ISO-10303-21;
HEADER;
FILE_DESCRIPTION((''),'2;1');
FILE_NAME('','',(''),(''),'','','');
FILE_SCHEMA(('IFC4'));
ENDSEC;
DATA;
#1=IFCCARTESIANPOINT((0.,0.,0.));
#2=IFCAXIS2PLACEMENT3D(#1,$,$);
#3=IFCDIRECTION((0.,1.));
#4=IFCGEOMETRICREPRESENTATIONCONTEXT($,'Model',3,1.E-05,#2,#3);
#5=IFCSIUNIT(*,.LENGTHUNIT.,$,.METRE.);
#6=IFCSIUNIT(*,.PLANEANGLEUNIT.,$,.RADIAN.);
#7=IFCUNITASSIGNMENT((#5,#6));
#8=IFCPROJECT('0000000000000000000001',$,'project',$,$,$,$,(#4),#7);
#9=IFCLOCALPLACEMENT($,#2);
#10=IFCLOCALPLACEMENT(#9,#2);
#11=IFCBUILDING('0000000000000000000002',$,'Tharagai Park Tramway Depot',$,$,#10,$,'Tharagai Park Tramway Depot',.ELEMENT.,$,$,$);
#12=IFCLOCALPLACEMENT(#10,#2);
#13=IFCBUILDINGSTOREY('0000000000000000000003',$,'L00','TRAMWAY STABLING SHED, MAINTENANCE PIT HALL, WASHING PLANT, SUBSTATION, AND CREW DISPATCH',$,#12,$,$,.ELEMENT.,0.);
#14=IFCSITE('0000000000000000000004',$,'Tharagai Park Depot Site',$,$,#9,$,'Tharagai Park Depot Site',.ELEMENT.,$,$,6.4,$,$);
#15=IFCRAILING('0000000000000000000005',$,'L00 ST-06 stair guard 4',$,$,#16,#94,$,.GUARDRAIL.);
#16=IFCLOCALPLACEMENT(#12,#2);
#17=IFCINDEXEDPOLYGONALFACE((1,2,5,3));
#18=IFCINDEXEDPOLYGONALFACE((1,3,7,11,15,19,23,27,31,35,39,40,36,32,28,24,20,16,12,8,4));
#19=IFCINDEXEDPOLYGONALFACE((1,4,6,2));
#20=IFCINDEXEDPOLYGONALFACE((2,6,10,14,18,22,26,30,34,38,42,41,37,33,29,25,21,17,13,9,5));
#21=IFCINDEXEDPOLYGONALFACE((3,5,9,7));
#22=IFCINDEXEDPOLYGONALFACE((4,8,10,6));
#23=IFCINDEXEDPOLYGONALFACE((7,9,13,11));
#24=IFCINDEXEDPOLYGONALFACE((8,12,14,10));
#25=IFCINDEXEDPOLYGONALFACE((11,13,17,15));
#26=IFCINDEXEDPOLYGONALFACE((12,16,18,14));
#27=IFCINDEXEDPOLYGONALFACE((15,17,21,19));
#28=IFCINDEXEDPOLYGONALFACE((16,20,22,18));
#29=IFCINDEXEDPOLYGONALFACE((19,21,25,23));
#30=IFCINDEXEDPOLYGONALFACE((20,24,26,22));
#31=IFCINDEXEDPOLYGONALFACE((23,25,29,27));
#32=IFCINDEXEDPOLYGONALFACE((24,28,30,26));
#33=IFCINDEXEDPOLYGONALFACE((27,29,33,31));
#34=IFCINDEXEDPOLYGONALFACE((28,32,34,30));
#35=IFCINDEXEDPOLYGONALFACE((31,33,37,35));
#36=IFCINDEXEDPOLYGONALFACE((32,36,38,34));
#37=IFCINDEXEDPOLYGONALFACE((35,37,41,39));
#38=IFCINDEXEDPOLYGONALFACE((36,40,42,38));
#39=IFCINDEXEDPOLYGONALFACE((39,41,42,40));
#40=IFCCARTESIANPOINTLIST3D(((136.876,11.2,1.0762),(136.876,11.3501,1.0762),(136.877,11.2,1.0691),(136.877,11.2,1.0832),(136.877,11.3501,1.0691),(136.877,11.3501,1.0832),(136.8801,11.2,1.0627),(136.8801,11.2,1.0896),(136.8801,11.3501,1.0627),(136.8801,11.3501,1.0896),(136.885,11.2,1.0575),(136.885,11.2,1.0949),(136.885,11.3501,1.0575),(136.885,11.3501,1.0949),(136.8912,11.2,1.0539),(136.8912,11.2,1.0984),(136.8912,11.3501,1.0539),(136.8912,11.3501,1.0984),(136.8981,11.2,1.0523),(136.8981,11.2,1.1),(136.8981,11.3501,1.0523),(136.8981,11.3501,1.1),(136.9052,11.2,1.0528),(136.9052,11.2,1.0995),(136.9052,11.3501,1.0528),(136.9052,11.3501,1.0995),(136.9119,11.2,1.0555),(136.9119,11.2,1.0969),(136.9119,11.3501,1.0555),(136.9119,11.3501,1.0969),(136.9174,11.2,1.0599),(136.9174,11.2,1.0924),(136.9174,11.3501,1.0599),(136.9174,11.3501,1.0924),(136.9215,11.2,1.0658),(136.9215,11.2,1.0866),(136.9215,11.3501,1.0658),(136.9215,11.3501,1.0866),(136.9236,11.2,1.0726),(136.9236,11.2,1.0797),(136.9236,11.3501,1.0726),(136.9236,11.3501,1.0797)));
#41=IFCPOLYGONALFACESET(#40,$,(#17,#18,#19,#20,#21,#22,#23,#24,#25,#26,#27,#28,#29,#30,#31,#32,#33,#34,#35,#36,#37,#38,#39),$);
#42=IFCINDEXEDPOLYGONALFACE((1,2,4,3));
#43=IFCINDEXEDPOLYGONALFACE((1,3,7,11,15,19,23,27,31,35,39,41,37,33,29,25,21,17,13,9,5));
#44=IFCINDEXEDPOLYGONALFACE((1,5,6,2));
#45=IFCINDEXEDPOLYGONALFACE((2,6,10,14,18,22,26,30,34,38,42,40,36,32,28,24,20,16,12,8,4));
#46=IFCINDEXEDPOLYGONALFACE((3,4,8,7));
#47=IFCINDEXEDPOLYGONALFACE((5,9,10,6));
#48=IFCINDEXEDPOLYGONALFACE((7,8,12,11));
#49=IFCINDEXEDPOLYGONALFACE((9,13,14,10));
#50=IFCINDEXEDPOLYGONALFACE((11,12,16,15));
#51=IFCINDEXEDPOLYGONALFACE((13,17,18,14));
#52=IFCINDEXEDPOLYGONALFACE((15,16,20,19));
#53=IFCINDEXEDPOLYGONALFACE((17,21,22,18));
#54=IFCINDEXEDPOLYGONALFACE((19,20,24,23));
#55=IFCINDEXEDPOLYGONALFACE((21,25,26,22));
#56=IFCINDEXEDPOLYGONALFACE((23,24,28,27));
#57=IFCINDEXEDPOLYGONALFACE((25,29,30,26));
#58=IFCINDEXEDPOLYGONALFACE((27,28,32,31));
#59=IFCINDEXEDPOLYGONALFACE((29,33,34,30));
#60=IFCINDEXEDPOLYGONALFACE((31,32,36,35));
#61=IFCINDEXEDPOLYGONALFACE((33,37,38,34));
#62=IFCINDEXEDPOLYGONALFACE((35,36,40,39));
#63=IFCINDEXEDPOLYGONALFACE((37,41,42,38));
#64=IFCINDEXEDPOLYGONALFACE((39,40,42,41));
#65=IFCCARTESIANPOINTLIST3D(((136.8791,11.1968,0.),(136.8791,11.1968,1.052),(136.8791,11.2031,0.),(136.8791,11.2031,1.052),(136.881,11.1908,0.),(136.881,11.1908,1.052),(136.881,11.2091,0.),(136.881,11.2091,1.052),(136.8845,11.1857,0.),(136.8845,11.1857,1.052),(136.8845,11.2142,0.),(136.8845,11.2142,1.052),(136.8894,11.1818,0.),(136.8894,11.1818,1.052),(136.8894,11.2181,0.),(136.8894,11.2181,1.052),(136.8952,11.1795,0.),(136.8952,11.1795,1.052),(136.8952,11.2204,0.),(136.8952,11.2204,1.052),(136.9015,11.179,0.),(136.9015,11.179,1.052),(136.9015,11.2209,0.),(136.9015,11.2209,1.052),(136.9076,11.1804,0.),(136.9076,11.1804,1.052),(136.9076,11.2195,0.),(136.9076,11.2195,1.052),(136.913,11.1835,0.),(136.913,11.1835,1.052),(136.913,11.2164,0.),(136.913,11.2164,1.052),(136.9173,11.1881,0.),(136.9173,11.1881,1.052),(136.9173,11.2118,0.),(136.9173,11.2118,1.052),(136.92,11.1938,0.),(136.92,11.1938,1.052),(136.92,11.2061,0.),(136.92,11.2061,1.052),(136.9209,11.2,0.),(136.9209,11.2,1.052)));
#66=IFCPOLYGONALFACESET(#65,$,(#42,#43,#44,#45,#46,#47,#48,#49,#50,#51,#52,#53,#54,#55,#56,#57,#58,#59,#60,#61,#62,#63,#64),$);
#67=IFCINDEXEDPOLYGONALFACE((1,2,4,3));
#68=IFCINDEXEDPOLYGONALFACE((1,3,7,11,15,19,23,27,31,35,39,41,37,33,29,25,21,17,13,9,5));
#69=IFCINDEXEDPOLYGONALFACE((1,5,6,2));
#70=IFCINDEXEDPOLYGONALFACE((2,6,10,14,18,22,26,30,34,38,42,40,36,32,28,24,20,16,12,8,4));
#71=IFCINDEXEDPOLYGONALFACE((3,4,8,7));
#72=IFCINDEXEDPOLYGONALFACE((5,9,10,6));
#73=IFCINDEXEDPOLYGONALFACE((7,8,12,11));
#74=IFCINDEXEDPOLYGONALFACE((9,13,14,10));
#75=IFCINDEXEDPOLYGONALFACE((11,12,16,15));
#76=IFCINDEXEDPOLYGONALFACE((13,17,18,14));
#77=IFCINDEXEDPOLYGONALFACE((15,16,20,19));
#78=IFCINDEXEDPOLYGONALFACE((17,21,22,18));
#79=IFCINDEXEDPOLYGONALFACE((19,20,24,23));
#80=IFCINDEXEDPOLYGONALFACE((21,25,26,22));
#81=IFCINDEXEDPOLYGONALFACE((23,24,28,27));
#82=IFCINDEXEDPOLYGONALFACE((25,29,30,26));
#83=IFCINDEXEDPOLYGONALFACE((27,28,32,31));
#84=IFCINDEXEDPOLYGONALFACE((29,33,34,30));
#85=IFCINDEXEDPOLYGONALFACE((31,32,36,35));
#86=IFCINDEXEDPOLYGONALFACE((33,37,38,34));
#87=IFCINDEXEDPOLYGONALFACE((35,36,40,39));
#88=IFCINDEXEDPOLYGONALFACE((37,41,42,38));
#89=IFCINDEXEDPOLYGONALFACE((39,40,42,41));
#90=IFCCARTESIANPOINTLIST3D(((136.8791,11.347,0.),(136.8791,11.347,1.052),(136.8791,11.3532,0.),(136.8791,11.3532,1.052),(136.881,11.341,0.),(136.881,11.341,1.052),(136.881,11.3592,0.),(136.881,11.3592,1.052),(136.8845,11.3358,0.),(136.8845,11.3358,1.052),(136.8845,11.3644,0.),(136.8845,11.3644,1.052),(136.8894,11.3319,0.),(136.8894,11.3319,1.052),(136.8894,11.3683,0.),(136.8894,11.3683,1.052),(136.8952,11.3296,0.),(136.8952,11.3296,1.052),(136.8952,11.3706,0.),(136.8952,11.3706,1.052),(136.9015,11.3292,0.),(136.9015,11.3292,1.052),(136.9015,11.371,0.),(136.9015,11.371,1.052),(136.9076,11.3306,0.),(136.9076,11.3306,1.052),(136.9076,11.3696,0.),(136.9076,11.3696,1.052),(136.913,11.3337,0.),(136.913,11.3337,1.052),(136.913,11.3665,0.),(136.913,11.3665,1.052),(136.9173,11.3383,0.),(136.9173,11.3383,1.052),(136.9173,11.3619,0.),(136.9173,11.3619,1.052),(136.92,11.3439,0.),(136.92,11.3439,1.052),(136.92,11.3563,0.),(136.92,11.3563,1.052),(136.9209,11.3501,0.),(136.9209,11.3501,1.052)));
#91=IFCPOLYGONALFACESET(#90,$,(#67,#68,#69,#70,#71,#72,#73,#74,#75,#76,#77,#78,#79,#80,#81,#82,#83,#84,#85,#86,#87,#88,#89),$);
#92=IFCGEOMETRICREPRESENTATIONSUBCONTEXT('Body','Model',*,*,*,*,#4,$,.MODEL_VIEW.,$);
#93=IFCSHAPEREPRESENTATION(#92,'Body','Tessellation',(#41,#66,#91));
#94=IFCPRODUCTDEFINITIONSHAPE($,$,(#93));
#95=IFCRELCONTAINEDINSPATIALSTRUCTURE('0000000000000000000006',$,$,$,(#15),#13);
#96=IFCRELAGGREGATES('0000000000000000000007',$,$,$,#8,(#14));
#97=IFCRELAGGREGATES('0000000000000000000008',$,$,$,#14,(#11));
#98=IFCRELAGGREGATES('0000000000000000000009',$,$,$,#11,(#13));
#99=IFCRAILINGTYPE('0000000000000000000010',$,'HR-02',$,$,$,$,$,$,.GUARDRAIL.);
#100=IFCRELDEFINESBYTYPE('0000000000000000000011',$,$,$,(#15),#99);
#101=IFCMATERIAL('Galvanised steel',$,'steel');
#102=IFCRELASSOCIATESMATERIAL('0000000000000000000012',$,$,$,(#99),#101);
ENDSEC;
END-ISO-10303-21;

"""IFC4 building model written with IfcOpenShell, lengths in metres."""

from ifc_helpers import new_model, si_unit, direction, frame, origin, origin_2d, place, context, subcontext, project, spatial, circle, extrude, material, type_object, element, save


model = new_model("IFC4")

# Units and contexts
model_context = context("Model", 3, precision=1e-05, world=origin(), true_north=direction((0.0, 1.0)))
body_context = subcontext(model_context, "Body", "Model", "MODEL_VIEW")
ifc_project = project(units=[si_unit("LENGTHUNIT", "METRE"), si_unit("PLANEANGLEUNIT", "RADIAN")], contexts=[model_context])

# Site, building, storey
site_placement = place(None, origin())
site = spatial("IfcSite", under=ifc_project, at=site_placement, Name="Tharagai Park Depot Site", LongName="Tharagai Park Depot Site", CompositionType="ELEMENT", RefElevation=6.4)
building_placement = place(site_placement, origin())
building = spatial("IfcBuilding", under=site, at=building_placement, Name="Tharagai Park Tramway Depot", LongName="Tharagai Park Tramway Depot", CompositionType="ELEMENT")
storey_placement = place(building_placement, origin())
storey = spatial("IfcBuildingStorey", under=building, at=storey_placement, Name="L00", Description="TRAMWAY STABLING SHED, MAINTENANCE PIT HALL, WASHING PLANT, SUBSTATION, AND CREW DISPATCH", CompositionType="ELEMENT", Elevation=0.0)

# Railing
ifc_material_1 = material(Name="Galvanised steel", Category="steel")
railing_type_1 = type_object("IfcRailingType", Name="HR-02", PredefinedType="GUARDRAIL", material=ifc_material_1)
railing_1_placement = place(storey_placement, frame((136.8999, 11.2, 0.0)))
element("IfcRailing", 1, at=railing_1_placement, inside=storey, type_object=railing_type_1, Name="L00 ST-06 stair guard 4", PredefinedType="GUARDRAIL", context=body_context, shape_type="SweptSolid", body=[
    extrude(circle(Radius=0.0239, at=origin_2d()), frame((0.0, 0.0, 1.0762), z_axis=(0.0, 1.0, 0.0), x_axis=(-1.0, 0.0, 0.0)), (0.0, 0.0, 1.0), 0.1501),
    extrude(circle(Radius=0.021, at=origin_2d()), origin(), (0.0, 0.0, 1.0), 1.052),
    extrude(circle(Radius=0.021, at=origin_2d()), frame((0.0, 0.1501, 0.0)), (0.0, 0.0, 1.0), 1.052),
])

save(model, "model.ifc")
